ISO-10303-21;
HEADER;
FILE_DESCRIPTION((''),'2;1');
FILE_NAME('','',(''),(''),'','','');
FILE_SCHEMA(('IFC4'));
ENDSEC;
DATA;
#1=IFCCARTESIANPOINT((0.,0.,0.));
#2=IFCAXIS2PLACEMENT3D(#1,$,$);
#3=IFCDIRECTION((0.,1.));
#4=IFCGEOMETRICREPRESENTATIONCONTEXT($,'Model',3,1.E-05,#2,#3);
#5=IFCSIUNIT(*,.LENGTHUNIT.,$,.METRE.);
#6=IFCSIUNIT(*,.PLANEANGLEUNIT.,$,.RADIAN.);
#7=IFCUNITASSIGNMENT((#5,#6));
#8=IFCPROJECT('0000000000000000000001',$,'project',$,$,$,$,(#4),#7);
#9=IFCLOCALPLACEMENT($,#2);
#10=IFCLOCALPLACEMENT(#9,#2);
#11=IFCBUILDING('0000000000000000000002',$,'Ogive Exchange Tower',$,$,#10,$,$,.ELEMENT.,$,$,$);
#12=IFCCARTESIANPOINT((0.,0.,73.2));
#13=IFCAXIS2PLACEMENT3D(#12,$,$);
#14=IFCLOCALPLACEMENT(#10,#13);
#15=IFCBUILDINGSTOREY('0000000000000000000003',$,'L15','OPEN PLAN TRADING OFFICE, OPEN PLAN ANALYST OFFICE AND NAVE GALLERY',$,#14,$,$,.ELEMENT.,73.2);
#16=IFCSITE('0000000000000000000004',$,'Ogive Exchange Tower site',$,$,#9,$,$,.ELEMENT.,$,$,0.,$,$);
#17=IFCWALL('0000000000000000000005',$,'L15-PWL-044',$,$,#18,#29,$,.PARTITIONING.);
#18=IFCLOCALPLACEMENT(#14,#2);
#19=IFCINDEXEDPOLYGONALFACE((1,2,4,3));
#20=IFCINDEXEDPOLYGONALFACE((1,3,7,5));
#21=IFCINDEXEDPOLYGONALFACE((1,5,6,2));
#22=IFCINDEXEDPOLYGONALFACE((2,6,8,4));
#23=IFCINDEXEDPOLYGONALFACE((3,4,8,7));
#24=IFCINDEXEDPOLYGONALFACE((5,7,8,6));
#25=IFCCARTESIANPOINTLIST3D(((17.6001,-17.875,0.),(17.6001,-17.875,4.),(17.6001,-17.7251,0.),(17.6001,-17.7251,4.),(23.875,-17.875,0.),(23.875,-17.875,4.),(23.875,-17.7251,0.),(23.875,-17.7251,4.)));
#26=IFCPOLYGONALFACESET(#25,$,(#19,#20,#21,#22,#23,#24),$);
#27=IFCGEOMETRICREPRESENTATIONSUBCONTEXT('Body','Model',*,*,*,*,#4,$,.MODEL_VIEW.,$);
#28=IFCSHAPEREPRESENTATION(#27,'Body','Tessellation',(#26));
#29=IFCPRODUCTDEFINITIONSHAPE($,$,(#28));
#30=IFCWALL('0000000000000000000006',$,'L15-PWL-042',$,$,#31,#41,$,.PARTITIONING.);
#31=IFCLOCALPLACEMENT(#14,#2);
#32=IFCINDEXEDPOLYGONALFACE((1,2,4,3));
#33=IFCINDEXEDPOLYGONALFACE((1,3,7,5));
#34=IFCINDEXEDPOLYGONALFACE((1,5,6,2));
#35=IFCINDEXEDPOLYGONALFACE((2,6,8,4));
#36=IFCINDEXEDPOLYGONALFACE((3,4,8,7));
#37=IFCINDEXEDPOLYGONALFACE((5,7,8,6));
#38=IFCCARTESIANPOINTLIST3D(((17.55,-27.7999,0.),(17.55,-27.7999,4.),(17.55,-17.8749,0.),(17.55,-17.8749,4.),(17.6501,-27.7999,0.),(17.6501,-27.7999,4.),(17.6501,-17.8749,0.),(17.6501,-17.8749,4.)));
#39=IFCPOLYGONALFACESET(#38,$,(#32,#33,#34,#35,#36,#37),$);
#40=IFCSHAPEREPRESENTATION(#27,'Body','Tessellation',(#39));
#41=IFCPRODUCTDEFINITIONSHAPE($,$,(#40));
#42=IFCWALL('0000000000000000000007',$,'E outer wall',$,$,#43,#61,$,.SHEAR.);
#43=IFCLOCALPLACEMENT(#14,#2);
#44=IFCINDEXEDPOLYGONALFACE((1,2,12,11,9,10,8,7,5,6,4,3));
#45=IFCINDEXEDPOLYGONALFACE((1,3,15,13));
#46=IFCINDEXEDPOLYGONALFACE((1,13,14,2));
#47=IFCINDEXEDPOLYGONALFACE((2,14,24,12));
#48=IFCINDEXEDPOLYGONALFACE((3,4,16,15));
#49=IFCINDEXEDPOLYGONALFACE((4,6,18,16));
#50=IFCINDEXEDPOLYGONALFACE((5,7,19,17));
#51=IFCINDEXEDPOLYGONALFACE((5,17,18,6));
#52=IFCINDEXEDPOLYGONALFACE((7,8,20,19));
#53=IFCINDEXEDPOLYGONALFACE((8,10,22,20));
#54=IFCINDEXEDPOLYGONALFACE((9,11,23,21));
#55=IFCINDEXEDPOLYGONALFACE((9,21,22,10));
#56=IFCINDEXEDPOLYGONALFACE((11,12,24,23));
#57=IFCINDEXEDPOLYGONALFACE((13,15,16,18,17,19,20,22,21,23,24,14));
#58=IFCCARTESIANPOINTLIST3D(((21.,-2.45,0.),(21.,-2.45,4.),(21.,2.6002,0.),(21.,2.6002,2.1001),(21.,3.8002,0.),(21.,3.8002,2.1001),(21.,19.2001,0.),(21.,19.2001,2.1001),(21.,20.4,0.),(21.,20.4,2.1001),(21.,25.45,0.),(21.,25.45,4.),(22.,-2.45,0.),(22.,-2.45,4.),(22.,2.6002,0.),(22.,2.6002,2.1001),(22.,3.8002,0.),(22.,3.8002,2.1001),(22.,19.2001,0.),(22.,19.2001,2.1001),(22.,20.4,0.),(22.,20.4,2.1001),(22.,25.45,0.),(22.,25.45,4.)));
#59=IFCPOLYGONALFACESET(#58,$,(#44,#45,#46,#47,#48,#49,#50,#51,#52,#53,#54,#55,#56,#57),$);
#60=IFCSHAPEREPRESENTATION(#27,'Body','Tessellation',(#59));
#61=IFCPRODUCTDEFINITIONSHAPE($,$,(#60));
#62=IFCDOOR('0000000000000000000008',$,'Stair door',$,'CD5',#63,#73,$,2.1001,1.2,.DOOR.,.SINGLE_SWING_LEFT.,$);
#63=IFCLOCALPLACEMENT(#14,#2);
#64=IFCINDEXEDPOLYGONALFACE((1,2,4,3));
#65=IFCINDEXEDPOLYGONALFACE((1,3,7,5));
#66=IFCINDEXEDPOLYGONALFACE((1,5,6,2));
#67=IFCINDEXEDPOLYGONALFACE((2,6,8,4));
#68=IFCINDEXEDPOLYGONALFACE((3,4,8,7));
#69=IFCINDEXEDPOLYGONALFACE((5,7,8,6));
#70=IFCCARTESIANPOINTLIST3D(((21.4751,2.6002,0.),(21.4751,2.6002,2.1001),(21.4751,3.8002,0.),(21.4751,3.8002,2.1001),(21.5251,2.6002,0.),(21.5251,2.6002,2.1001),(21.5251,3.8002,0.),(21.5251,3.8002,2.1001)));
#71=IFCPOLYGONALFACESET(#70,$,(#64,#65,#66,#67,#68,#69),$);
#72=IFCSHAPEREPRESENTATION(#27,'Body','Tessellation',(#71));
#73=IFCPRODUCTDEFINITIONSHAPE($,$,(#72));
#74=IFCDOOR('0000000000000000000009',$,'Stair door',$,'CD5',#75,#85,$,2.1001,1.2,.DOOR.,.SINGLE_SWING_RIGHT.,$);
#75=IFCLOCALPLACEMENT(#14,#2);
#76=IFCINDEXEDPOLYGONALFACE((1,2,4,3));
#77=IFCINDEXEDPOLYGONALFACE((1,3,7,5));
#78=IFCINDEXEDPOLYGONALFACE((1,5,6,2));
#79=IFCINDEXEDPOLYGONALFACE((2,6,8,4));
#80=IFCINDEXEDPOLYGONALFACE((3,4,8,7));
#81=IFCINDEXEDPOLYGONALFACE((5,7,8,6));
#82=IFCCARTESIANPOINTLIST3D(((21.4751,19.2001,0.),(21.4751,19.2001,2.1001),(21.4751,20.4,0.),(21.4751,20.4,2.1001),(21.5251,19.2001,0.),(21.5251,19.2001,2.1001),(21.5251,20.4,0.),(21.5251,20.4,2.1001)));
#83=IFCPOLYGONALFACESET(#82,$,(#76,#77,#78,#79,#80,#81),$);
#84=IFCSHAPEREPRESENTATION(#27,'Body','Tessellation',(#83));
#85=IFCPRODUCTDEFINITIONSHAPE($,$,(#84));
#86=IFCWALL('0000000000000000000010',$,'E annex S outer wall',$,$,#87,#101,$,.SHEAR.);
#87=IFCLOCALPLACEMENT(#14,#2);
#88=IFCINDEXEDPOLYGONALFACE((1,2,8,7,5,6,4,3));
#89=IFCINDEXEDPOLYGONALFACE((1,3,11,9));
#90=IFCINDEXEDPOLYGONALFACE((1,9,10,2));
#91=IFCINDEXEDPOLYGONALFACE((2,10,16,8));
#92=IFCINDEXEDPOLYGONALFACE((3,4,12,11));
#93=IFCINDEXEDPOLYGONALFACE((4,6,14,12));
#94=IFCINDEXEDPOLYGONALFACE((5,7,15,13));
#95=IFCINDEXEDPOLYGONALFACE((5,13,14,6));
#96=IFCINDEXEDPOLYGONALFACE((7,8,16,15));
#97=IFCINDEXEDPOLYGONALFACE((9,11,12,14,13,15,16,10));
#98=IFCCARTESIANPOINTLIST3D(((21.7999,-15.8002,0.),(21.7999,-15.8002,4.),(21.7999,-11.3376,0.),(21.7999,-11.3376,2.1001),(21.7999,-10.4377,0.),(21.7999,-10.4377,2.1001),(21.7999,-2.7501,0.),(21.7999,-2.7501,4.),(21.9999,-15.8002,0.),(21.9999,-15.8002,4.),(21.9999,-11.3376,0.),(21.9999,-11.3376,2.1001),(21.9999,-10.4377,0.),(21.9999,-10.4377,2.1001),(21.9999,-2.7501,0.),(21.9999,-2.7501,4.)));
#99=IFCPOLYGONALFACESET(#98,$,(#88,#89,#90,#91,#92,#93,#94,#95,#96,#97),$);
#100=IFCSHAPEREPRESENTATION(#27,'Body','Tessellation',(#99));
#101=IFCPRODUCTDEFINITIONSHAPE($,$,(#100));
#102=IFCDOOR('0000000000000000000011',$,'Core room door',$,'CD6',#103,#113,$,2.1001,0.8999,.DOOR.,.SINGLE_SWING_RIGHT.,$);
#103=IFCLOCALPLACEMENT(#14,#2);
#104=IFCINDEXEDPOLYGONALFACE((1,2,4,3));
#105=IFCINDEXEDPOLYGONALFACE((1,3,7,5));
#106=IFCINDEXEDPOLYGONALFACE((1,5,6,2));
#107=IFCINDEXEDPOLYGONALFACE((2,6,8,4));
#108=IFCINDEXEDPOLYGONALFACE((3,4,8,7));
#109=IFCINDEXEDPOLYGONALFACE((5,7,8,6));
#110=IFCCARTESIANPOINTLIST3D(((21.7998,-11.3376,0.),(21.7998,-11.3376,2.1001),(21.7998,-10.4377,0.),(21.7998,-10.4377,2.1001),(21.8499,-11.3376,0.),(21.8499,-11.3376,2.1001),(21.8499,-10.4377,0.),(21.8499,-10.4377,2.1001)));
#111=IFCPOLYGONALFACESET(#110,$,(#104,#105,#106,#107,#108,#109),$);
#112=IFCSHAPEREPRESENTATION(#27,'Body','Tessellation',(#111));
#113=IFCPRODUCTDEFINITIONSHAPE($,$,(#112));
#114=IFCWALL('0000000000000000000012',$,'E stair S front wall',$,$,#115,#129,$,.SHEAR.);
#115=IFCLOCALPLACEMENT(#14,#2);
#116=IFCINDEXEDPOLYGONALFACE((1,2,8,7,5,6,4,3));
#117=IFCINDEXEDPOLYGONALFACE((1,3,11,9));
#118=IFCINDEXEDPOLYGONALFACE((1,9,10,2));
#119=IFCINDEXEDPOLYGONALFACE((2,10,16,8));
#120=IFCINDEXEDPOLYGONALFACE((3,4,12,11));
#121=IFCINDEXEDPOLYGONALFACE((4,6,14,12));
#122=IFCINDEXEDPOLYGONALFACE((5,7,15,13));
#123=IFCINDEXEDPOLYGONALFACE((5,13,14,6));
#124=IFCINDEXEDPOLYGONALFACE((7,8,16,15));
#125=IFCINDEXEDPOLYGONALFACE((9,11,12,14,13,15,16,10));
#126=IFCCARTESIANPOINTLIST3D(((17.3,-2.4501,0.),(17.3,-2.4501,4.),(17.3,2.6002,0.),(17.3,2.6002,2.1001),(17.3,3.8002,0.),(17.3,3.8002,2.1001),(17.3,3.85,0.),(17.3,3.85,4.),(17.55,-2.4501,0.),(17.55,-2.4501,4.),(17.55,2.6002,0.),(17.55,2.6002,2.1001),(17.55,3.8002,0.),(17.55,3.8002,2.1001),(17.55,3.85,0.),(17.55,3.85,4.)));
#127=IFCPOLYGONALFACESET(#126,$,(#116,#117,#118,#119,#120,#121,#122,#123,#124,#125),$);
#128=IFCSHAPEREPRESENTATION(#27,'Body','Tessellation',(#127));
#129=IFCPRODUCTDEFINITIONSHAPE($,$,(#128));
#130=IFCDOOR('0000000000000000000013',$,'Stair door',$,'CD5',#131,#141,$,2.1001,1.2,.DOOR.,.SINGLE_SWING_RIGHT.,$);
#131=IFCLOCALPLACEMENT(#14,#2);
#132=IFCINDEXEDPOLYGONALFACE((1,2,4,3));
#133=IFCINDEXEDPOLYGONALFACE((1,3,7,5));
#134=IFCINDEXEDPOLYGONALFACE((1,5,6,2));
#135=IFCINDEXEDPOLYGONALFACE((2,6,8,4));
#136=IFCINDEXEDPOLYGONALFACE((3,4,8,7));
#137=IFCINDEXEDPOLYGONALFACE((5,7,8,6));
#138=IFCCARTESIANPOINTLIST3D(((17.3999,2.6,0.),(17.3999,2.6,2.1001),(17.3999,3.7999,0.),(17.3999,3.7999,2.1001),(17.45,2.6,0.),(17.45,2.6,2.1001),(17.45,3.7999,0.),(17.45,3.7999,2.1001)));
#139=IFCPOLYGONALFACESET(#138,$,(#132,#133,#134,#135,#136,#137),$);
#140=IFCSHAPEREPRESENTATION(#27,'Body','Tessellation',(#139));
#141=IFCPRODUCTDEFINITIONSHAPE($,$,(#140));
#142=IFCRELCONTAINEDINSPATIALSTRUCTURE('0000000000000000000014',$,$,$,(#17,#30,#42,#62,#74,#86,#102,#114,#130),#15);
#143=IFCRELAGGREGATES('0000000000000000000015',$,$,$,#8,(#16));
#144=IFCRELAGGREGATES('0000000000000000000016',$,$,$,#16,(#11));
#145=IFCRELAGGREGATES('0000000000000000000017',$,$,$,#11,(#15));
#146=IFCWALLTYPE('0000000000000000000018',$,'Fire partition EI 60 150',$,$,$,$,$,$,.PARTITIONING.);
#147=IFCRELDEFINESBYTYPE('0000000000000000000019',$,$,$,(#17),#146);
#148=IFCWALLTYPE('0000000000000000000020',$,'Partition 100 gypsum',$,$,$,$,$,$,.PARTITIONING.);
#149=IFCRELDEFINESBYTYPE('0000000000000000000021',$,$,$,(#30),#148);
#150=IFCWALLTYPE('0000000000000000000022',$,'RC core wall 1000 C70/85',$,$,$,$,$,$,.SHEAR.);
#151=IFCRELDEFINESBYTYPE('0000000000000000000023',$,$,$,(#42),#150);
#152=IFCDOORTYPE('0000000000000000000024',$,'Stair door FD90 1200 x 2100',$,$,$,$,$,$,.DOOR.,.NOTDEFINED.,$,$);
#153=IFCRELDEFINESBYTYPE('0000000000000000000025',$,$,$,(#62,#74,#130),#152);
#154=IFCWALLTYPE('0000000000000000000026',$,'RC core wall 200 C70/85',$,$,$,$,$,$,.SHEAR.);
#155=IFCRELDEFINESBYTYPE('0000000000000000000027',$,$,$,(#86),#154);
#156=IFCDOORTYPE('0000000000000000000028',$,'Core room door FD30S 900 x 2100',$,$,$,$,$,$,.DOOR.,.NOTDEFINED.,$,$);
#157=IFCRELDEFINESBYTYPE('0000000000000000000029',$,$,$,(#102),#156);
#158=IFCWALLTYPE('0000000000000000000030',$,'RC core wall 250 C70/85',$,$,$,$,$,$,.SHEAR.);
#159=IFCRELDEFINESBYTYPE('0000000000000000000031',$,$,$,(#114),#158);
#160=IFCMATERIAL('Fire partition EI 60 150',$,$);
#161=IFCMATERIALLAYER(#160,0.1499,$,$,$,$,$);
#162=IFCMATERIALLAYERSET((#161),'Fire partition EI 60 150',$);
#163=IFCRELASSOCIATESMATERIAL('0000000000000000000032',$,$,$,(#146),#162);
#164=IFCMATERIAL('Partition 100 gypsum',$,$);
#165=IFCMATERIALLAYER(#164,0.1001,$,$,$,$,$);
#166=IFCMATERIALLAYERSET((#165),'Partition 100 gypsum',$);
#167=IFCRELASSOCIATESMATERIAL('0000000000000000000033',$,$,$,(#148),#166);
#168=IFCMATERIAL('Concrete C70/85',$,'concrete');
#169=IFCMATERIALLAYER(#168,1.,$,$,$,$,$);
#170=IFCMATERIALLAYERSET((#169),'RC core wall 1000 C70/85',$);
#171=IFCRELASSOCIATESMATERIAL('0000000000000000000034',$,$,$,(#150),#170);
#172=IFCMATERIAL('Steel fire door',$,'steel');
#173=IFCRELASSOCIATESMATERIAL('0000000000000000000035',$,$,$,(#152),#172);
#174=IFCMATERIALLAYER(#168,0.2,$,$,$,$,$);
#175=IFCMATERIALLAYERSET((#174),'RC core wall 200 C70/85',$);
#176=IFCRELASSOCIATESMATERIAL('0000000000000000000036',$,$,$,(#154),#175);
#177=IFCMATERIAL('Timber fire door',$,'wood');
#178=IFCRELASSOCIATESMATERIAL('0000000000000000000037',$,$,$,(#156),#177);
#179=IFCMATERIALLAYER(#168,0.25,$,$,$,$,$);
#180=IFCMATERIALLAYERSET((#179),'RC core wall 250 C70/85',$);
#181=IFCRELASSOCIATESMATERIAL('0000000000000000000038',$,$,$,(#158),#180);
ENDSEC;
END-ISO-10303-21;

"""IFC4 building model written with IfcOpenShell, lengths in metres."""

from ifc_helpers import new_model, si_unit, direction, frame, frame_2d, origin, place, context, subcontext, project, spatial, rectangle, extrude, material, layer, layer_set, type_object, element, fill, save


model = new_model("IFC4")

# Units and contexts
model_context = context("Model", 3, precision=1e-05, world=origin(), true_north=direction((0.0, 1.0)))
body_context = subcontext(model_context, "Body", "Model", "MODEL_VIEW")
ifc_project = project(units=[si_unit("LENGTHUNIT", "METRE"), si_unit("PLANEANGLEUNIT", "RADIAN")], contexts=[model_context])

# Site, building, storey
site_placement = place(None, origin())
site = spatial("IfcSite", under=ifc_project, at=site_placement, Name="Ogive Exchange Tower site", CompositionType="ELEMENT", RefElevation=0.0)
building_placement = place(site_placement, origin())
building = spatial("IfcBuilding", under=site, at=building_placement, Name="Ogive Exchange Tower", CompositionType="ELEMENT")
storey_placement = place(building_placement, frame((0.0, 0.0, 73.2)))
storey = spatial("IfcBuildingStorey", under=building, at=storey_placement, Name="L15", Description="OPEN PLAN TRADING OFFICE, OPEN PLAN ANALYST OFFICE AND NAVE GALLERY", CompositionType="ELEMENT", Elevation=73.2)

# Shared definitions
ifc_material_1 = material(Name="Fire partition EI 60 150")
ifc_layer_1 = layer(ifc_material_1, 0.1499)
ifc_layer_set_1 = layer_set([ifc_layer_1], Name="Fire partition EI 60 150")
wall_type_1 = type_object("IfcWallType", Name="Fire partition EI 60 150", PredefinedType="PARTITIONING", material=ifc_layer_set_1)

# Walls
wall_1_placement = place(storey_placement, frame((23.875, -17.8, 0.0), z_axis=(0.0, 0.0, 1.0), x_axis=(-1.0, 0.0, 0.0)))
element("IfcWall", 1, at=wall_1_placement, inside=storey, type_object=wall_type_1, Name="L15-PWL-044", PredefinedType="PARTITIONING", context=body_context, shape_type="SweptSolid", body=[
    extrude(rectangle(XDim=6.2749, YDim=0.1499, at=frame_2d((3.1375, 0.0))), origin(), (0.0, 0.0, 1.0), 4.0),
])
ifc_material_2 = material(Name="Partition 100 gypsum")
ifc_layer_2 = layer(ifc_material_2, 0.1001)
ifc_layer_set_2 = layer_set([ifc_layer_2], Name="Partition 100 gypsum")
wall_type_2 = type_object("IfcWallType", Name="Partition 100 gypsum", PredefinedType="PARTITIONING", material=ifc_layer_set_2)
wall_2_placement = place(storey_placement, frame((17.6001, -17.875, 0.0), z_axis=(0.0, 0.0, 1.0), x_axis=(0.0, -1.0, 0.0)))
element("IfcWall", 2, at=wall_2_placement, inside=storey, type_object=wall_type_2, Name="L15-PWL-042", PredefinedType="PARTITIONING", context=body_context, shape_type="SweptSolid", body=[
    extrude(rectangle(XDim=9.925, YDim=0.1001, at=frame_2d((4.9624, 0.0))), origin(), (0.0, 0.0, 1.0), 4.0),
])

# Wall, openings, doors
ifc_material_3 = material(Name="Concrete C70/85", Category="concrete")
ifc_layer_3 = layer(ifc_material_3, 1.0)
ifc_layer_set_3 = layer_set([ifc_layer_3], Name="RC core wall 1000 C70/85")
wall_type_3 = type_object("IfcWallType", Name="RC core wall 1000 C70/85", PredefinedType="SHEAR", material=ifc_layer_set_3)
wall_3_placement = place(storey_placement, frame((21.5, -2.45, 0.0), z_axis=(0.0, 0.0, 1.0), x_axis=(0.0, 1.0, 0.0)))
wall_3 = element("IfcWall", 3, at=wall_3_placement, inside=storey, type_object=wall_type_3, Name="E outer wall", PredefinedType="SHEAR", context=body_context, shape_type="SweptSolid", body=[
    extrude(rectangle(XDim=27.8999, YDim=1.0, at=frame_2d((13.95, 0.0))), origin(), (0.0, 0.0, 1.0), 4.0),
])
opening_1_placement = place(wall_3_placement, frame((5.05, 0.0, 0.0)))
opening_1 = element("IfcOpeningElement", 4, at=opening_1_placement, cuts=wall_3, PredefinedType="OPENING", context=body_context, shape_type="SweptSolid", body=[
    extrude(rectangle(XDim=1.2, YDim=2.1001, at=frame_2d((0.6001, 1.05))), frame((0.0, 0.51, 0.0), z_axis=(0.0, -1.0, 0.0), x_axis=(1.0, 0.0, 0.0)), (0.0, 0.0, 1.0), 1.02),
])
opening_2_placement = place(wall_3_placement, frame((21.6499, 0.0, 0.0)))
opening_2 = element("IfcOpeningElement", 5, at=opening_2_placement, cuts=wall_3, PredefinedType="OPENING", context=body_context, shape_type="SweptSolid", body=[
    extrude(rectangle(XDim=1.2, YDim=2.1001, at=frame_2d((0.6001, 1.05))), frame((0.0, 0.51, 0.0), z_axis=(0.0, -1.0, 0.0), x_axis=(1.0, 0.0, 0.0)), (0.0, 0.0, 1.0), 1.02),
])
ifc_material_4 = material(Name="Steel fire door", Category="steel")
door_type_1 = type_object("IfcDoorType", Name="Stair door FD90 1200 x 2100", OperationType="NOTDEFINED", PredefinedType="DOOR", material=ifc_material_4)
door_1_placement = place(opening_1_placement, origin())
door_1 = element("IfcDoor", 6, at=door_1_placement, inside=storey, type_object=door_type_1, Name="Stair door", ObjectType="CD5", OperationType="SINGLE_SWING_LEFT", OverallHeight=2.1001, OverallWidth=1.2, PredefinedType="DOOR", context=body_context, shape_type="SweptSolid", body=[
    extrude(rectangle(XDim=1.2, YDim=2.1001, at=frame_2d((0.6001, 1.05))), frame((0.0, 0.0249, 0.0), z_axis=(0.0, -1.0, 0.0), x_axis=(1.0, 0.0, 0.0)), (0.0, 0.0, 1.0), 0.05),
])
fill(opening_1, door_1)
door_2_placement = place(opening_2_placement, origin())
door_2 = element("IfcDoor", 7, at=door_2_placement, inside=storey, type_object=door_type_1, Name="Stair door", ObjectType="CD5", OperationType="SINGLE_SWING_RIGHT", OverallHeight=2.1001, OverallWidth=1.2, PredefinedType="DOOR", context=body_context, shape_type="SweptSolid", body=[
    extrude(rectangle(XDim=1.2, YDim=2.1001, at=frame_2d((0.6001, 1.05))), frame((0.0, 0.0249, 0.0), z_axis=(0.0, -1.0, 0.0), x_axis=(1.0, 0.0, 0.0)), (0.0, 0.0, 1.0), 0.05),
])
fill(opening_2, door_2)

# Walls, openings, doors
ifc_layer_4 = layer(ifc_material_3, 0.2)
ifc_layer_set_4 = layer_set([ifc_layer_4], Name="RC core wall 200 C70/85")
wall_type_4 = type_object("IfcWallType", Name="RC core wall 200 C70/85", PredefinedType="SHEAR", material=ifc_layer_set_4)
wall_4_placement = place(storey_placement, frame((21.8999, -15.8, 0.0), z_axis=(0.0, 0.0, 1.0), x_axis=(0.0, 1.0, 0.0)))
wall_4 = element("IfcWall", 8, at=wall_4_placement, inside=storey, type_object=wall_type_4, Name="E annex S outer wall", PredefinedType="SHEAR", context=body_context, shape_type="SweptSolid", body=[
    extrude(rectangle(XDim=13.05, YDim=0.2, at=frame_2d((6.5249, 0.0))), origin(), (0.0, 0.0, 1.0), 4.0),
])
opening_3_placement = place(wall_4_placement, frame((4.4624, 0.0, 0.0)))
opening_3 = element("IfcOpeningElement", 9, at=opening_3_placement, cuts=wall_4, PredefinedType="OPENING", context=body_context, shape_type="SweptSolid", body=[
    extrude(rectangle(XDim=0.8999, YDim=2.1001, at=frame_2d((0.45, 1.05))), frame((0.0, 0.1099, 0.0), z_axis=(0.0, -1.0, 0.0), x_axis=(1.0, 0.0, 0.0)), (0.0, 0.0, 1.0), 0.22),
])
ifc_material_5 = material(Name="Timber fire door", Category="wood")
door_type_2 = type_object("IfcDoorType", Name="Core room door FD30S 900 x 2100", OperationType="NOTDEFINED", PredefinedType="DOOR", material=ifc_material_5)
door_3_placement = place(opening_3_placement, origin())
door_3 = element("IfcDoor", 10, at=door_3_placement, inside=storey, type_object=door_type_2, Name="Core room door", ObjectType="CD6", OperationType="SINGLE_SWING_RIGHT", OverallHeight=2.1001, OverallWidth=0.8999, PredefinedType="DOOR", context=body_context, shape_type="SweptSolid", body=[
    extrude(rectangle(XDim=0.8999, YDim=2.1001, at=frame_2d((0.45, 1.05))), frame((0.0, 0.1001, 0.0), z_axis=(0.0, -1.0, 0.0), x_axis=(1.0, 0.0, 0.0)), (0.0, 0.0, 1.0), 0.05),
])
fill(opening_3, door_3)
ifc_layer_5 = layer(ifc_material_3, 0.25)
ifc_layer_set_5 = layer_set([ifc_layer_5], Name="RC core wall 250 C70/85")
wall_type_5 = type_object("IfcWallType", Name="RC core wall 250 C70/85", PredefinedType="SHEAR", material=ifc_layer_set_5)
wall_5_placement = place(storey_placement, frame((17.425, -2.45, 0.0), z_axis=(0.0, 0.0, 1.0), x_axis=(0.0, 1.0, 0.0)))
wall_5 = element("IfcWall", 11, at=wall_5_placement, inside=storey, type_object=wall_type_5, Name="E stair S front wall", PredefinedType="SHEAR", context=body_context, shape_type="SweptSolid", body=[
    extrude(rectangle(XDim=6.3, YDim=0.25, at=frame_2d((3.1499, 0.0))), origin(), (0.0, 0.0, 1.0), 4.0),
])
opening_4_placement = place(wall_5_placement, frame((5.05, 0.0, 0.0)))
opening_4 = element("IfcOpeningElement", 12, at=opening_4_placement, cuts=wall_5, PredefinedType="OPENING", context=body_context, shape_type="SweptSolid", body=[
    extrude(rectangle(XDim=1.2, YDim=2.1001, at=frame_2d((0.6001, 1.05))), frame((0.0, 0.135, 0.0), z_axis=(0.0, -1.0, 0.0), x_axis=(1.0, 0.0, 0.0)), (0.0, 0.0, 1.0), 0.27),
])
door_4_placement = place(opening_4_placement, frame((1.2, 0.0, 0.0), z_axis=(0.0, 0.0, 1.0), x_axis=(-1.0, 0.0, 0.0)))
door_4 = element("IfcDoor", 13, at=door_4_placement, inside=storey, type_object=door_type_1, Name="Stair door", ObjectType="CD5", OperationType="SINGLE_SWING_RIGHT", OverallHeight=2.1001, OverallWidth=1.2, PredefinedType="DOOR", context=body_context, shape_type="SweptSolid", body=[
    extrude(rectangle(XDim=1.2, YDim=2.1001, at=frame_2d((0.6001, 1.05))), frame((0.0, 0.0249, 0.0), z_axis=(0.0, -1.0, 0.0), x_axis=(1.0, 0.0, 0.0)), (0.0, 0.0, 1.0), 0.05),
])
fill(opening_4, door_4)

save(model, "model.ifc")
